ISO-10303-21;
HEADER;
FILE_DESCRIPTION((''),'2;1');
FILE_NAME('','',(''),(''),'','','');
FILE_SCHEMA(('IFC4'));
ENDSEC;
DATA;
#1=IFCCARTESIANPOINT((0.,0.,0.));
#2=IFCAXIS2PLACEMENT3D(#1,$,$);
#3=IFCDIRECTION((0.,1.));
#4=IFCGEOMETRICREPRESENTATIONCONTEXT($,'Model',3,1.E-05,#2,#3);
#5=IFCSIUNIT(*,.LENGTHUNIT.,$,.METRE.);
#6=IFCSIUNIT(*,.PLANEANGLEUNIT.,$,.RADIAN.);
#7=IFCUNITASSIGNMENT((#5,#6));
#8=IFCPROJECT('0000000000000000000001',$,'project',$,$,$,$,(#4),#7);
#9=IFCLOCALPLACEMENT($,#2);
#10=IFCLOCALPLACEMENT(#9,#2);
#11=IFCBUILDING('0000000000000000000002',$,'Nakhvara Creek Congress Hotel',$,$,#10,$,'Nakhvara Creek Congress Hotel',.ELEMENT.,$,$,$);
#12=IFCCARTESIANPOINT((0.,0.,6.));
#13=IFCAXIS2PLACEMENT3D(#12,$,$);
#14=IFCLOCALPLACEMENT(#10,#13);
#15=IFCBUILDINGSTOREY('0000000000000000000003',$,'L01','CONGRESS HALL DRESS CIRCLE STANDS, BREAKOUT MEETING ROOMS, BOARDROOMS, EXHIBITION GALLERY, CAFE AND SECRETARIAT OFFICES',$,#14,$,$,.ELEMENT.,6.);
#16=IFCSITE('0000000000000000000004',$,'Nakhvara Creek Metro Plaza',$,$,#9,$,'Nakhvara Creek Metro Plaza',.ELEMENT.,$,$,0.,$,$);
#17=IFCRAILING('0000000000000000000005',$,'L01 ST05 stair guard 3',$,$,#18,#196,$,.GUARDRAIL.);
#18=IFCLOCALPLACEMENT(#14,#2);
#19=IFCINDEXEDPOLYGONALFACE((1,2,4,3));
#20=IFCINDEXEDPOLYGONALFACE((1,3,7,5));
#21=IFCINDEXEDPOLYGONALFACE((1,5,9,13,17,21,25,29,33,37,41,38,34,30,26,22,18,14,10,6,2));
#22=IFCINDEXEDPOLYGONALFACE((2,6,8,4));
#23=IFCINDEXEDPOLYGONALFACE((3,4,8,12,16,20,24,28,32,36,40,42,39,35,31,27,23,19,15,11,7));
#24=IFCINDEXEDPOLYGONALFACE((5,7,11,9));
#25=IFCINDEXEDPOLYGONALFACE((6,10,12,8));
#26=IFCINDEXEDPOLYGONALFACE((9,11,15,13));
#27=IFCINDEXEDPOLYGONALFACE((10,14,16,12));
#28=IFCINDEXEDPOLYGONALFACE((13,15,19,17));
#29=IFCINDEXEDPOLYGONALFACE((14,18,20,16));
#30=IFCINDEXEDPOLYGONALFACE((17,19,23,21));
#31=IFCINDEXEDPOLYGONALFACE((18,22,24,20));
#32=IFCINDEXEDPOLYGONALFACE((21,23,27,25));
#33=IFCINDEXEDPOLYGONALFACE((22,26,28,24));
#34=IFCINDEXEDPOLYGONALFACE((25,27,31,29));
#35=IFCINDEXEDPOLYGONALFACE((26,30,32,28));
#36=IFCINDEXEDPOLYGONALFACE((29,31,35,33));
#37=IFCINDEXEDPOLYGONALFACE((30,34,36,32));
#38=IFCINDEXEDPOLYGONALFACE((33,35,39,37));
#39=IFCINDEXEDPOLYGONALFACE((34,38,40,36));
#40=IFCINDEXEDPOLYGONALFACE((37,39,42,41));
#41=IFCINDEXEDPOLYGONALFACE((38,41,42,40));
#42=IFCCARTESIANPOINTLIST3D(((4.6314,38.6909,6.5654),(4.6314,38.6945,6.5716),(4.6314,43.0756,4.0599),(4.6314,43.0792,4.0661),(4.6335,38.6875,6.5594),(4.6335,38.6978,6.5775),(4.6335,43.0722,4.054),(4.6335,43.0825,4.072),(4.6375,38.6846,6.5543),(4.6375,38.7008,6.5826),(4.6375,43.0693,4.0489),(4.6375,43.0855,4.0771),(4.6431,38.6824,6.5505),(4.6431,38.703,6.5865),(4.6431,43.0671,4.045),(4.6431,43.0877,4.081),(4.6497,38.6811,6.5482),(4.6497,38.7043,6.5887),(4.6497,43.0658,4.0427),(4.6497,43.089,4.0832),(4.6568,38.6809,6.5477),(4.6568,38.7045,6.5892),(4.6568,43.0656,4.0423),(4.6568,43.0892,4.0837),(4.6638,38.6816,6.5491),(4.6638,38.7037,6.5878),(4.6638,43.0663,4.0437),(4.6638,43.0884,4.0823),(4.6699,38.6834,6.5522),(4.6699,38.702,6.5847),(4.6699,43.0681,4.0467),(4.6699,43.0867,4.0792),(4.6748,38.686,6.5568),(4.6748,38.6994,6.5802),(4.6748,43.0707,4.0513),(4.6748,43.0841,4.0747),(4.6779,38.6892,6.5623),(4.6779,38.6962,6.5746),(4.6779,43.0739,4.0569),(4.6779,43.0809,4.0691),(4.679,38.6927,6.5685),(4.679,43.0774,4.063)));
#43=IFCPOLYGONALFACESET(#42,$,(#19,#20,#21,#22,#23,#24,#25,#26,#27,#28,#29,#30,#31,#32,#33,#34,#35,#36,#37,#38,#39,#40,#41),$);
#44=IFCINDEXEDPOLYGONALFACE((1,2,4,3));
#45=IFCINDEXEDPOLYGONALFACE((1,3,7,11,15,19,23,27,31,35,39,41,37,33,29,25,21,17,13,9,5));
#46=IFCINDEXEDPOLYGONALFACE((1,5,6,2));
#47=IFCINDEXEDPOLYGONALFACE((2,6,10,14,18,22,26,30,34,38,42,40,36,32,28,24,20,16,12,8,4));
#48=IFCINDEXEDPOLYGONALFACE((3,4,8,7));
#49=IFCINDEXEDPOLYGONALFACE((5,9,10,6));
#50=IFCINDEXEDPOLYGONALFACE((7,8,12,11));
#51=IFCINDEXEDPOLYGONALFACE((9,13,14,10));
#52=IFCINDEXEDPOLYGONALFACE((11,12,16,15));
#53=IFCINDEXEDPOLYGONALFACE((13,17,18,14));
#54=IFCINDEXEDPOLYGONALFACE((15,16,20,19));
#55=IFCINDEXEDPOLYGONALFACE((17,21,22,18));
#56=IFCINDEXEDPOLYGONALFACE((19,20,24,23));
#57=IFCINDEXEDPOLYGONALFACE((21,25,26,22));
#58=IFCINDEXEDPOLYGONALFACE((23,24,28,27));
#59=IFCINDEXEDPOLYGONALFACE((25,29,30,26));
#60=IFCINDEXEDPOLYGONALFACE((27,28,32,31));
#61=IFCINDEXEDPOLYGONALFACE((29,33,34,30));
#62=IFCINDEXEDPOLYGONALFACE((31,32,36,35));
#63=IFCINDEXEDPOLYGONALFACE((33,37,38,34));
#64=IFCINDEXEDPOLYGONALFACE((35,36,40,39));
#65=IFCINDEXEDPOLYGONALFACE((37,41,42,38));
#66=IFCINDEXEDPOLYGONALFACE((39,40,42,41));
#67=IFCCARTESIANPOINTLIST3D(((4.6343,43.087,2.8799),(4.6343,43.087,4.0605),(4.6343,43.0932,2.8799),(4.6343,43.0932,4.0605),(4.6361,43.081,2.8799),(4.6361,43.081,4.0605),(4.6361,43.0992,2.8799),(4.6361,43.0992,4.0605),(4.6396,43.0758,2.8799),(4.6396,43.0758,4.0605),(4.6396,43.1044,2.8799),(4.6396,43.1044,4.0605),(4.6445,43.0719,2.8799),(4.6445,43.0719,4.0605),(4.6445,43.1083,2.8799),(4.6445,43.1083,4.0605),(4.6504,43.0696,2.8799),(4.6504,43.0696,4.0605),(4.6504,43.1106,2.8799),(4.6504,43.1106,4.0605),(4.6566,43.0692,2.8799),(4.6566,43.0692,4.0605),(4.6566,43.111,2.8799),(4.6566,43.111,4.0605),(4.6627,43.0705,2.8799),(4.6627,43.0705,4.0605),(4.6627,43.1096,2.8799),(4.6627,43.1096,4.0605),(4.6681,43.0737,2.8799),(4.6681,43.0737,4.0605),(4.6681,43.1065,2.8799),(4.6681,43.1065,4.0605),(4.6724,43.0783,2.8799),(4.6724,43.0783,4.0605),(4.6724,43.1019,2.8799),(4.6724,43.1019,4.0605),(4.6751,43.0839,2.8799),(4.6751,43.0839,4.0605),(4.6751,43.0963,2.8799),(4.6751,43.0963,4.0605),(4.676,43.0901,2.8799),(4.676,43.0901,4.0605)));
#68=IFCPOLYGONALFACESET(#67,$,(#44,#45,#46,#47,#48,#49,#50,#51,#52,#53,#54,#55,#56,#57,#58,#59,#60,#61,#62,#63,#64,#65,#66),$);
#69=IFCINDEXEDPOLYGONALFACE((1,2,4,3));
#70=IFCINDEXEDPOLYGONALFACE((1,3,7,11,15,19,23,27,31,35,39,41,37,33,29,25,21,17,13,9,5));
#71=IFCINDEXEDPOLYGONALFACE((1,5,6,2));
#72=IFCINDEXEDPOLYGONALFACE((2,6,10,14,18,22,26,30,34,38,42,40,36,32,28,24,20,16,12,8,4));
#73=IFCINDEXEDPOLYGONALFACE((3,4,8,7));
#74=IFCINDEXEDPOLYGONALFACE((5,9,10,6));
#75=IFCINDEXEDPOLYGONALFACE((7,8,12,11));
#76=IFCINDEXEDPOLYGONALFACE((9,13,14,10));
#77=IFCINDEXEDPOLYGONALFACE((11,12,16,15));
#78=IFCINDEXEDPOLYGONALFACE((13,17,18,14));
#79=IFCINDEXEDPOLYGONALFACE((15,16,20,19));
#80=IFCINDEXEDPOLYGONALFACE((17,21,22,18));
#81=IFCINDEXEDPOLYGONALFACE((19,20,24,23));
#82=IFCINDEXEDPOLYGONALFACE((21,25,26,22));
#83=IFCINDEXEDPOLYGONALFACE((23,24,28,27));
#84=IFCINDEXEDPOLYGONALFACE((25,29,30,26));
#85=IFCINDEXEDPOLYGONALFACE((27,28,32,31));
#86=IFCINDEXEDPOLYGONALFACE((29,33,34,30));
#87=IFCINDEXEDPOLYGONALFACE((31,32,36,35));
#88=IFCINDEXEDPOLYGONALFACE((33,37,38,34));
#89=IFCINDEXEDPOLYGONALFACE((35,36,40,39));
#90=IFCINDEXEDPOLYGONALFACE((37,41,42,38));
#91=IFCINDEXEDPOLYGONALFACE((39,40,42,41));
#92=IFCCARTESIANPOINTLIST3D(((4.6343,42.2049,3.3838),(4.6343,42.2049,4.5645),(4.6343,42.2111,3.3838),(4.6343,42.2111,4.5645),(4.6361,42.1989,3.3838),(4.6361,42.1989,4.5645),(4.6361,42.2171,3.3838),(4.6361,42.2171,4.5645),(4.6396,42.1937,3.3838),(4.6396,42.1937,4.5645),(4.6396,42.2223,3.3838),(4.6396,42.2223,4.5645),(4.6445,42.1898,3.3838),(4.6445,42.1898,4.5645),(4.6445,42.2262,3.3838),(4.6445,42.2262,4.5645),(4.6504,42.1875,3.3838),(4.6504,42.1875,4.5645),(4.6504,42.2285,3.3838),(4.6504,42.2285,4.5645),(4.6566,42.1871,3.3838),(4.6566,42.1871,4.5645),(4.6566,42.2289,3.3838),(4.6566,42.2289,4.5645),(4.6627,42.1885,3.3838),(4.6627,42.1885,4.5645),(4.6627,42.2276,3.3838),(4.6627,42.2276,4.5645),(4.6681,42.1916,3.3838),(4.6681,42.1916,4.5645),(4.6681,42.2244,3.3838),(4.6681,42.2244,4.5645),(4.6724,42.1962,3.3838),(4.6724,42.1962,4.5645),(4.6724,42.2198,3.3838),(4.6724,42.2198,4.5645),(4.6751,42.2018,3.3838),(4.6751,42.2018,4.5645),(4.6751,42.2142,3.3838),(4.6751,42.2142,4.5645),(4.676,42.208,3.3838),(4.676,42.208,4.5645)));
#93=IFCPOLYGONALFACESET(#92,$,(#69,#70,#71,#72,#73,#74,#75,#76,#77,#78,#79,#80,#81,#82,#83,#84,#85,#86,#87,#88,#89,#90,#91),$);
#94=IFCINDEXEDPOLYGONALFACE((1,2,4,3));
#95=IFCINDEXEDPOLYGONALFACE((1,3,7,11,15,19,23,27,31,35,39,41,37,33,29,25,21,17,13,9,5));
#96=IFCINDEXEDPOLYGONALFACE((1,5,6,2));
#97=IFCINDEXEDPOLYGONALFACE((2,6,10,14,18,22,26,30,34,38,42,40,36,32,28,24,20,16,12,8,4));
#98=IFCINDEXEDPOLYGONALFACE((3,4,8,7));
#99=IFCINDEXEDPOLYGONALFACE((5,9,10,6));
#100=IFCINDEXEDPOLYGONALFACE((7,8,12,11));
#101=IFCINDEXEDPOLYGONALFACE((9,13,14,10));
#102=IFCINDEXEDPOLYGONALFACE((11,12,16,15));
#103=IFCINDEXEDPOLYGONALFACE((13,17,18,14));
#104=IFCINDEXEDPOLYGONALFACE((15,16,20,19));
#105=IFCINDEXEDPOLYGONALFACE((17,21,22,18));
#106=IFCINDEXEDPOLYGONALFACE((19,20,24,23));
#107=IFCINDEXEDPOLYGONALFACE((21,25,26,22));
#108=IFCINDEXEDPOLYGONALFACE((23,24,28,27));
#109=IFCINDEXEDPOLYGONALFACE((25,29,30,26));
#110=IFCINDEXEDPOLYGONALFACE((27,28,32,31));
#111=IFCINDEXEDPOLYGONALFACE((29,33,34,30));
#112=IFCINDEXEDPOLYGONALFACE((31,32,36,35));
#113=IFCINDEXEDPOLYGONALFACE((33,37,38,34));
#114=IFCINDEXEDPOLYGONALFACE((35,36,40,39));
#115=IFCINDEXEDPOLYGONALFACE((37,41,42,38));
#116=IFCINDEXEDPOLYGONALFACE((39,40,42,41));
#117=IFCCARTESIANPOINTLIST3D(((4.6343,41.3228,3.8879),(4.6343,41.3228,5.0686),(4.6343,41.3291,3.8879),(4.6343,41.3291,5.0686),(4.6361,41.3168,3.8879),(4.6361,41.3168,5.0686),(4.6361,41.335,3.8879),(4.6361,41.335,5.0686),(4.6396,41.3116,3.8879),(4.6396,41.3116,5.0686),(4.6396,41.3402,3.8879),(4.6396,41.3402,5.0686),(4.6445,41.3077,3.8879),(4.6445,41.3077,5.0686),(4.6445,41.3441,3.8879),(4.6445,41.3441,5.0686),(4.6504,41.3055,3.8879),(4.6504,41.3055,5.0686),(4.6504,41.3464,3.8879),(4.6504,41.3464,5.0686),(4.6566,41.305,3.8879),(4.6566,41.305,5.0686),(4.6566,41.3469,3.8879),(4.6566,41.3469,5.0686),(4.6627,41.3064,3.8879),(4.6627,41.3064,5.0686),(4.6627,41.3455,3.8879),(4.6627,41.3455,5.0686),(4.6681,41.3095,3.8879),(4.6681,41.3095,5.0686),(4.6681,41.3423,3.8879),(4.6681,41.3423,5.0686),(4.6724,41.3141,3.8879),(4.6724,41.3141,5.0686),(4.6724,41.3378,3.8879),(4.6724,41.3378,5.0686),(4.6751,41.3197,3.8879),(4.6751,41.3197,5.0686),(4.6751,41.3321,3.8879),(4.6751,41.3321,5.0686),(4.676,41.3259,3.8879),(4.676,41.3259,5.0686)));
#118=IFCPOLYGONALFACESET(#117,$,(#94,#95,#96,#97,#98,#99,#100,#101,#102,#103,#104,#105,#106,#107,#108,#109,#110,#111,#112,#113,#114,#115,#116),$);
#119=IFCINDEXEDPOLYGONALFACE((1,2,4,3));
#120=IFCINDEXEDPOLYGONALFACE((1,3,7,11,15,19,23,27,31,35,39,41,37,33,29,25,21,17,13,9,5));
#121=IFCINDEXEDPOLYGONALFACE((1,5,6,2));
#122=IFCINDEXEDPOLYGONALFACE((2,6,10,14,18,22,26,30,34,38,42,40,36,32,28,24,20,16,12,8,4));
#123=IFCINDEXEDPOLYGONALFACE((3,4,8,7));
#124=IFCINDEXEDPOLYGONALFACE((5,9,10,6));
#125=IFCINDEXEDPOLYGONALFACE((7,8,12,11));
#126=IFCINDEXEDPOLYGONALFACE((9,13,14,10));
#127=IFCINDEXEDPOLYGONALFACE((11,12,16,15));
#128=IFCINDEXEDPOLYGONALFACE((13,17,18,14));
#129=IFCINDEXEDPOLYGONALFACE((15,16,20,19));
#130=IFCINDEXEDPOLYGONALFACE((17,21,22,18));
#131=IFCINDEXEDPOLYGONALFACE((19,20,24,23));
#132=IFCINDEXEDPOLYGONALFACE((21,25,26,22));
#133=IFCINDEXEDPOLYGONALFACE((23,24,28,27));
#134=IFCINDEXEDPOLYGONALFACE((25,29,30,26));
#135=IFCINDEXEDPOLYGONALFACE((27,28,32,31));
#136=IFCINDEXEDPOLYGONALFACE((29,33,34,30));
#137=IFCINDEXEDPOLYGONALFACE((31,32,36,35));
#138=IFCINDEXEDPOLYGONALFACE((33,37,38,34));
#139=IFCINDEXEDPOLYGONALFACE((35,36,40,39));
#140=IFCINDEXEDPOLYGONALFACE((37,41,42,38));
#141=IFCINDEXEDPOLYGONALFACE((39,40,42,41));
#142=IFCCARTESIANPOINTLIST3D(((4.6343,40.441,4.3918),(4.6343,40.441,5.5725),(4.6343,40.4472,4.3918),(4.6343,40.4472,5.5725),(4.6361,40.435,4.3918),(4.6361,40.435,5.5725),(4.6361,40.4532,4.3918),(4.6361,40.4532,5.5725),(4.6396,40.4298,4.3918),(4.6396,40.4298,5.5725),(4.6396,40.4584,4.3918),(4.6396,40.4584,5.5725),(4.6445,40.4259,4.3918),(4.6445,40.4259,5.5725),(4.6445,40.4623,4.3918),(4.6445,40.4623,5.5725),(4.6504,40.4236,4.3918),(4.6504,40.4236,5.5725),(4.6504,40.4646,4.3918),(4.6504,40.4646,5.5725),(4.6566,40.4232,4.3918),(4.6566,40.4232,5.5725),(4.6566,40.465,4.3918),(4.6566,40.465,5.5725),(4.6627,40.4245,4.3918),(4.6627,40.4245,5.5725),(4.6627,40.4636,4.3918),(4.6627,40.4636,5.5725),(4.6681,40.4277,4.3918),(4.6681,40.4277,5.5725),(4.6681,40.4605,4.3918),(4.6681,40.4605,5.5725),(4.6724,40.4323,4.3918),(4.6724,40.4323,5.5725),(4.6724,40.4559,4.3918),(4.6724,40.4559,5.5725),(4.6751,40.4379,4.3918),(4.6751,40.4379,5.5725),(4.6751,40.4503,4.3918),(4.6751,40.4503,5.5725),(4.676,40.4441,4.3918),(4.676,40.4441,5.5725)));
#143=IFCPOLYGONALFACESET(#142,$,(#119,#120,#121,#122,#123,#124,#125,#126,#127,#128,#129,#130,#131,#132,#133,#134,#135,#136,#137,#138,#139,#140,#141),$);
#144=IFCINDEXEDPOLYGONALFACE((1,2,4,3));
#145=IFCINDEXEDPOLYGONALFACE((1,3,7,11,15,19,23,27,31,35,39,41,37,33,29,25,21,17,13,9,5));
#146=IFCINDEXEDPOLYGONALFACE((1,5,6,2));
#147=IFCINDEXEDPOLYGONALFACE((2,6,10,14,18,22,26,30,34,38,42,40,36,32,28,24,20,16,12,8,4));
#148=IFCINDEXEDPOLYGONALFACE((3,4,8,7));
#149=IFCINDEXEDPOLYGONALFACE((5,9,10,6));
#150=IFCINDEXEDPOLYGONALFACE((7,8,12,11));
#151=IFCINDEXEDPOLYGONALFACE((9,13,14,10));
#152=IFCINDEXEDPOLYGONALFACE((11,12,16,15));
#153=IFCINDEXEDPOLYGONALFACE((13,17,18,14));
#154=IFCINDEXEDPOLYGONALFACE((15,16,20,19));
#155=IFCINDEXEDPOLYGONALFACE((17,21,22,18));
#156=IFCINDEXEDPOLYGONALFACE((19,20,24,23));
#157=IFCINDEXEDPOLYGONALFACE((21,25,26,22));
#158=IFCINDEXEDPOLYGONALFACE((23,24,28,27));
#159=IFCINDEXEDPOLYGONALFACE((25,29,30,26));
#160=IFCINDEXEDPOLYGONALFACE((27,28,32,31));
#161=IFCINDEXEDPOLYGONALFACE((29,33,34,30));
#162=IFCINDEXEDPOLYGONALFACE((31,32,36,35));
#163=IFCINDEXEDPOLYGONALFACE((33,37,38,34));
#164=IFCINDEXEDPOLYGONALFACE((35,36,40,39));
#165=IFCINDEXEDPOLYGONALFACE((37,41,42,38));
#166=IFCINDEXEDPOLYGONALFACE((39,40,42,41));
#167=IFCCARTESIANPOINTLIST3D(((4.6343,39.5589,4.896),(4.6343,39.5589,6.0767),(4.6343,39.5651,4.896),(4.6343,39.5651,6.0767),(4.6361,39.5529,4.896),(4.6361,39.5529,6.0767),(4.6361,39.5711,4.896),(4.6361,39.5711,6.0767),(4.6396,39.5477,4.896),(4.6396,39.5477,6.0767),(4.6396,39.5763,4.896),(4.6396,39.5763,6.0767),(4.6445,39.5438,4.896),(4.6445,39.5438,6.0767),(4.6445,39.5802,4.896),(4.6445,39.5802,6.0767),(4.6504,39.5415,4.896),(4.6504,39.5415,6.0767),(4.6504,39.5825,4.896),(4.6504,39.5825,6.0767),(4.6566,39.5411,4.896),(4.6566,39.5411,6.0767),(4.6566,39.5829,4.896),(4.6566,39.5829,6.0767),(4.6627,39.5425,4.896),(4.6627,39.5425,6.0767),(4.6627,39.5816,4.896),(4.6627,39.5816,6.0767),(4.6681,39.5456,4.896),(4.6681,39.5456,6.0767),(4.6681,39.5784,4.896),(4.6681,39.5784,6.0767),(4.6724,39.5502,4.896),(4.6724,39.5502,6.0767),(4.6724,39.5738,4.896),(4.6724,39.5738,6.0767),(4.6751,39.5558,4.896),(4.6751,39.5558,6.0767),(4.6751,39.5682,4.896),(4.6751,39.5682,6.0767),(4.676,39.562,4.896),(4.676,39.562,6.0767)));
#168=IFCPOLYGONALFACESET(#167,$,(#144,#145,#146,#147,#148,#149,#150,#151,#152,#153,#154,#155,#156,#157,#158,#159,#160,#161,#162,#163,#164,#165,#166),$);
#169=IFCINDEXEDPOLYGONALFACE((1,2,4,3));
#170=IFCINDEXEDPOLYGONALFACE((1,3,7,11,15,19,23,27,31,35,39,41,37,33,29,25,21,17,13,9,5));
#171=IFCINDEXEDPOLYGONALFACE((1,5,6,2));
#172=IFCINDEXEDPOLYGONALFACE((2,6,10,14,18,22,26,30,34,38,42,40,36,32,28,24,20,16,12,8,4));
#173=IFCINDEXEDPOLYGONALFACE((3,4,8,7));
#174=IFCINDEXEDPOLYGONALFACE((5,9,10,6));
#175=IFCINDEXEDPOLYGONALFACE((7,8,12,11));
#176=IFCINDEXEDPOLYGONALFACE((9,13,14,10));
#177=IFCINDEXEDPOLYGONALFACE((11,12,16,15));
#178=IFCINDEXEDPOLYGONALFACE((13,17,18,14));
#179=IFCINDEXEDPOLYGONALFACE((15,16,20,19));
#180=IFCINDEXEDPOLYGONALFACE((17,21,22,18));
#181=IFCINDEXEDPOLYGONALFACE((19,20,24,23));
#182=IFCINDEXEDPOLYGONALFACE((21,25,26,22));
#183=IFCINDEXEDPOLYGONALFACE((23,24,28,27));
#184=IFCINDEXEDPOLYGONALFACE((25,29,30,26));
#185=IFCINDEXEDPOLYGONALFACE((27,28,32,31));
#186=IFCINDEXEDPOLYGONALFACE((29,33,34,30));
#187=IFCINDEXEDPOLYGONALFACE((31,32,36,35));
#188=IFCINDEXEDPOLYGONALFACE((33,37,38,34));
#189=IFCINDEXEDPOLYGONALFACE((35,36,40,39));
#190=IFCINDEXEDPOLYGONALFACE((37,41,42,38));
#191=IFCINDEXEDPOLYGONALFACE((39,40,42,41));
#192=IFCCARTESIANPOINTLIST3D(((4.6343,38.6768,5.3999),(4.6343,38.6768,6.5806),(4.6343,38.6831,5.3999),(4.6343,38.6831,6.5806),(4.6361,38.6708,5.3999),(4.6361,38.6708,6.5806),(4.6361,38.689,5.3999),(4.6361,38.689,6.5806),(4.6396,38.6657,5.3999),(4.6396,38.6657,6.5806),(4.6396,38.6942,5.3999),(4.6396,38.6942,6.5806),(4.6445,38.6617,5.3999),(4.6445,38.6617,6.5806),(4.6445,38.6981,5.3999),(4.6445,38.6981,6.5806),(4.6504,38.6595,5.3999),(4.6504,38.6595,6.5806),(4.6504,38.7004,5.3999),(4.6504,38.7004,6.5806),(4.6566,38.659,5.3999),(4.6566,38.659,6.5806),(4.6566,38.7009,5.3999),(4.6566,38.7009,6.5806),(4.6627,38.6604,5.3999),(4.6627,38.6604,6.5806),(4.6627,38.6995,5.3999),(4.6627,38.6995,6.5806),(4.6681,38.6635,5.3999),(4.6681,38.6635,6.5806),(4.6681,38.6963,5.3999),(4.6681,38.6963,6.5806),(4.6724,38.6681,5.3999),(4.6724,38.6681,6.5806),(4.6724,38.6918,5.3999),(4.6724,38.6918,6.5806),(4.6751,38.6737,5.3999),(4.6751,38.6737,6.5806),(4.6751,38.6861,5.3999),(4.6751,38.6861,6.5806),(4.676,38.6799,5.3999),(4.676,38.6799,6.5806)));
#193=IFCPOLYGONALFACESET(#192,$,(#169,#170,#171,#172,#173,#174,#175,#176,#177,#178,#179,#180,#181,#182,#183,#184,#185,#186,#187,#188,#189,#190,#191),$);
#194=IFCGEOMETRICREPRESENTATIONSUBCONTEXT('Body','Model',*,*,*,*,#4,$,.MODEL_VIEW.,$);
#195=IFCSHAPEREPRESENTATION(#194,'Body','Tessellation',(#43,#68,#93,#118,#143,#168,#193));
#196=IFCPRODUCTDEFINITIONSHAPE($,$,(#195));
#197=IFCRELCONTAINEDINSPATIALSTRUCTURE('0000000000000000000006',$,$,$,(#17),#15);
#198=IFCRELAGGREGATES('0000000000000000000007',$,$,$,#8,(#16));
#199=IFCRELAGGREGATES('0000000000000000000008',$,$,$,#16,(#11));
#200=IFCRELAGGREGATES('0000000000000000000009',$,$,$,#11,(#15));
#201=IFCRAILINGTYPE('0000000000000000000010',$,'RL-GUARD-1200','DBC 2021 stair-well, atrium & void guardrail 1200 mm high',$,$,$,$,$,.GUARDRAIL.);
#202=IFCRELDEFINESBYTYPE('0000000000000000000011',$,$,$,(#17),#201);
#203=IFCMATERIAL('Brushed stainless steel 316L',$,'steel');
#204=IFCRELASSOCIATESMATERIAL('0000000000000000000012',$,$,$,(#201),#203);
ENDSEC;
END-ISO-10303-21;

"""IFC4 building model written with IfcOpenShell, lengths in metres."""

from ifc_helpers import new_model, si_unit, direction, frame, origin, origin_2d, place, context, subcontext, project, spatial, circle, extrude, material, type_object, element, save


model = new_model("IFC4")

# Units and contexts
model_context = context("Model", 3, precision=1e-05, world=origin(), true_north=direction((0.0, 1.0)))
body_context = subcontext(model_context, "Body", "Model", "MODEL_VIEW")
ifc_project = project(units=[si_unit("LENGTHUNIT", "METRE"), si_unit("PLANEANGLEUNIT", "RADIAN")], contexts=[model_context])

# Site, building, storey
site_placement = place(None, origin())
site = spatial("IfcSite", under=ifc_project, at=site_placement, Name="Nakhvara Creek Metro Plaza", LongName="Nakhvara Creek Metro Plaza", CompositionType="ELEMENT", RefElevation=0.0)
building_placement = place(site_placement, origin())
building = spatial("IfcBuilding", under=site, at=building_placement, Name="Nakhvara Creek Congress Hotel", LongName="Nakhvara Creek Congress Hotel", CompositionType="ELEMENT")
storey_placement = place(building_placement, frame((0.0, 0.0, 6.0)))
storey = spatial("IfcBuildingStorey", under=building, at=storey_placement, Name="L01", Description="CONGRESS HALL DRESS CIRCLE STANDS, BREAKOUT MEETING ROOMS, BOARDROOMS, EXHIBITION GALLERY, CAFE AND SECRETARIAT OFFICES", CompositionType="ELEMENT", Elevation=6.0)

# Railing
ifc_material_1 = material(Name="Brushed stainless steel 316L", Category="steel")
railing_type_1 = type_object("IfcRailingType", Name="RL-GUARD-1200", Description="DBC 2021 stair-well, atrium & void guardrail 1200 mm high", PredefinedType="GUARDRAIL", material=ifc_material_1)
railing_1_placement = place(storey_placement, frame((4.655, 43.0901, 2.8799)))
element("IfcRailing", 1, at=railing_1_placement, inside=storey, type_object=railing_type_1, Name="L01 ST05 stair guard 3", PredefinedType="GUARDRAIL", context=body_context, shape_type="SweptSolid", body=[
    extrude(circle(Radius=0.0239, at=origin_2d()), frame((0.0, -0.0127, 1.1831), z_axis=(0.0, -0.868249, 0.496129), x_axis=(1.0, 0.0, 0.0)), (0.0, 0.0, 1.0), 5.05),
    extrude(circle(Radius=0.021, at=origin_2d()), origin(), (0.0, 0.0, 1.0), 1.1807),
    extrude(circle(Radius=0.021, at=origin_2d()), frame((0.0, -0.8821, 0.5039)), (0.0, 0.0, 1.0), 1.1807),
    extrude(circle(Radius=0.021, at=origin_2d()), frame((0.0, -1.7642, 1.0081)), (0.0, 0.0, 1.0), 1.1807),
    extrude(circle(Radius=0.021, at=origin_2d()), frame((0.0, -2.646, 1.512)), (0.0, 0.0, 1.0), 1.1807),
    extrude(circle(Radius=0.021, at=origin_2d()), frame((0.0, -3.5281, 2.0161)), (0.0, 0.0, 1.0), 1.1807),
    extrude(circle(Radius=0.021, at=origin_2d()), frame((0.0, -4.4102, 2.52)), (0.0, 0.0, 1.0), 1.1807),
])

save(model, "model.ifc")
